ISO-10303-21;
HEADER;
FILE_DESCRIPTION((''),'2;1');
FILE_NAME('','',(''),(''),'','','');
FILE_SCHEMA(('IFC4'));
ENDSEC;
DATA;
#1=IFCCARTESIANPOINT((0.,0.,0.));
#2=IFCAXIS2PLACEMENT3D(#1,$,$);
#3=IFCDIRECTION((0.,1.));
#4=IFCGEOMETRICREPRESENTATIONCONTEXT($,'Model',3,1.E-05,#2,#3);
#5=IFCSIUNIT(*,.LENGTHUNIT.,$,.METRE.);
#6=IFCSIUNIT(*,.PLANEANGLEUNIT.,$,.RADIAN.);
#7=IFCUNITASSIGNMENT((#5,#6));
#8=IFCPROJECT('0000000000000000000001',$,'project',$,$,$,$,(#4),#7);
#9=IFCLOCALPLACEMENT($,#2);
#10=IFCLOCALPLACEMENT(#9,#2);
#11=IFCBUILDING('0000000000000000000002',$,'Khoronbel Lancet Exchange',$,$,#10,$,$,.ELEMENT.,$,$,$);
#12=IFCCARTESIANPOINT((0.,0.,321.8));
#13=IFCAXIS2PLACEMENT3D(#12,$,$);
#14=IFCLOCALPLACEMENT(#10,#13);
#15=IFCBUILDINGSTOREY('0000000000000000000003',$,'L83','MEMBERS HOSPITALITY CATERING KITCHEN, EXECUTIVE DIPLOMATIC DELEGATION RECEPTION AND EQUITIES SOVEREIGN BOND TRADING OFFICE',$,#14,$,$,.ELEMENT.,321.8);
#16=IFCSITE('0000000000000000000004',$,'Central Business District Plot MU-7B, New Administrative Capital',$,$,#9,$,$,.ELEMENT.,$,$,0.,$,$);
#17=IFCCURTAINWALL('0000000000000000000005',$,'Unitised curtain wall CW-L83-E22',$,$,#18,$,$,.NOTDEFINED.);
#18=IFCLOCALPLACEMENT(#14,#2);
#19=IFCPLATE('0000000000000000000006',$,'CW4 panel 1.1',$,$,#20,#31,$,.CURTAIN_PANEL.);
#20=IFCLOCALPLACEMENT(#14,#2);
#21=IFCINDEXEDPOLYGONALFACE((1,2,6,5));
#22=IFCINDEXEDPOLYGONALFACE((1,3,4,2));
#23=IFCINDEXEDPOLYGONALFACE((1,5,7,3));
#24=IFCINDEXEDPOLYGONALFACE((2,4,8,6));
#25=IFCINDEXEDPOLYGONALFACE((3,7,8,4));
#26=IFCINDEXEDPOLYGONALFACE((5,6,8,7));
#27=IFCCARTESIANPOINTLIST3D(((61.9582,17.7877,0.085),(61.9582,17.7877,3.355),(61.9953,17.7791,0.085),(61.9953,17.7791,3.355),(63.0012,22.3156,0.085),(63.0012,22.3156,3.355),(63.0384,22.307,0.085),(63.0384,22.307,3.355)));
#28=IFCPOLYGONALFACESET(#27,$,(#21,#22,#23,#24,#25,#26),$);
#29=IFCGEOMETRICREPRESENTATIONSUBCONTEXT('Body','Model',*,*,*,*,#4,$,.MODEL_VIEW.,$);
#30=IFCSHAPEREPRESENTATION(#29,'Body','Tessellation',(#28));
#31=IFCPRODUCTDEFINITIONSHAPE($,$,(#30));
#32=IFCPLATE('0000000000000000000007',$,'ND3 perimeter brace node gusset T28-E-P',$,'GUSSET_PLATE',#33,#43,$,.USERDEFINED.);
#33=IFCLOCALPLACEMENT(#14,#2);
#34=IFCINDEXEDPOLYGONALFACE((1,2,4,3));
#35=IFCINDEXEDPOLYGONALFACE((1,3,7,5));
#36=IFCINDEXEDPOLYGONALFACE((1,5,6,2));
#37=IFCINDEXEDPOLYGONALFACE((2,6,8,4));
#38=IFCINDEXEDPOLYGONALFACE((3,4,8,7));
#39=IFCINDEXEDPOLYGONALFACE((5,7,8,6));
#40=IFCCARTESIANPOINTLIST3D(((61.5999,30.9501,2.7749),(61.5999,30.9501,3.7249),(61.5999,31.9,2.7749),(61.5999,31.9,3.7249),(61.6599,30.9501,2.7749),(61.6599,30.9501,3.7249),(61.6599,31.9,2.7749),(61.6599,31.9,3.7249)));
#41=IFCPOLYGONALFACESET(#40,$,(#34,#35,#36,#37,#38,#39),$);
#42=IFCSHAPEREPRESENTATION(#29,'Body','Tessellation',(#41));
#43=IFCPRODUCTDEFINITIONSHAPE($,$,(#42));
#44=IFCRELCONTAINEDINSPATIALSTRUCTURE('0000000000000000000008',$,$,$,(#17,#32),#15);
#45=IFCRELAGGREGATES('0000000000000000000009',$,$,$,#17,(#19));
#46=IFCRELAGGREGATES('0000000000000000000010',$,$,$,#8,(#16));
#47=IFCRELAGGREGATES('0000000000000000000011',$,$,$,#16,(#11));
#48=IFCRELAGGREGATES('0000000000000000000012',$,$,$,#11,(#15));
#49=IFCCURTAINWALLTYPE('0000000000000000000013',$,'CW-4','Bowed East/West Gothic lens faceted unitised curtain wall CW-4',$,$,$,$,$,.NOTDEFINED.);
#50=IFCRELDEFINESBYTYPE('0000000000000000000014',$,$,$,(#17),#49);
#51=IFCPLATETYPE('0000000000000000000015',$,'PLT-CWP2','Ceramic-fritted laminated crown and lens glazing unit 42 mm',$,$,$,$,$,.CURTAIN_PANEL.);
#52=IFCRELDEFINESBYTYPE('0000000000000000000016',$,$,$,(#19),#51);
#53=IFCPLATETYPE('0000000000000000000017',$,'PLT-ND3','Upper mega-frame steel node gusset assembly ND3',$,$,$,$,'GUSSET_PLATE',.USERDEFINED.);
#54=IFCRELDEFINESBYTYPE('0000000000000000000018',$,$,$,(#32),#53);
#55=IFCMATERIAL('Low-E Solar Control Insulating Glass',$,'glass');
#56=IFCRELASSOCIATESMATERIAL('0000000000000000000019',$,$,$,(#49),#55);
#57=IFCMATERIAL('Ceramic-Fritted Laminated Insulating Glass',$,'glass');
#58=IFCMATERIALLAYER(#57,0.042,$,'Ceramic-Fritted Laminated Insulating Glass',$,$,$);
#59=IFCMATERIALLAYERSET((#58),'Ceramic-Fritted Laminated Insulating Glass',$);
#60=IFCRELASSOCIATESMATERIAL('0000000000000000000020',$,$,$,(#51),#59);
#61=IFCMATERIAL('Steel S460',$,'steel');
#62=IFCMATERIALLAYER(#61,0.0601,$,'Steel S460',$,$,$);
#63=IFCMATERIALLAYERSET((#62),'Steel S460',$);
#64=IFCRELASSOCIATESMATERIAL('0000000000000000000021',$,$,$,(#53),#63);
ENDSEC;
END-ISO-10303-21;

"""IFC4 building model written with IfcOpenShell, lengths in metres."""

from ifc_helpers import new_model, si_unit, direction, frame, origin, origin_2d, place, context, subcontext, project, spatial, rectangle, extrude, material, layer, layer_set, type_object, element, aggregate, save


model = new_model("IFC4")

# Units and contexts
model_context = context("Model", 3, precision=1e-05, world=origin(), true_north=direction((0.0, 1.0)))
body_context = subcontext(model_context, "Body", "Model", "MODEL_VIEW")
ifc_project = project(units=[si_unit("LENGTHUNIT", "METRE"), si_unit("PLANEANGLEUNIT", "RADIAN")], contexts=[model_context])

# Site, building, storey
site_placement = place(None, origin())
site = spatial("IfcSite", under=ifc_project, at=site_placement, Name="Central Business District Plot MU-7B, New Administrative Capital", CompositionType="ELEMENT", RefElevation=0.0)
building_placement = place(site_placement, origin())
building = spatial("IfcBuilding", under=site, at=building_placement, Name="Khoronbel Lancet Exchange", CompositionType="ELEMENT")
storey_placement = place(building_placement, frame((0.0, 0.0, 321.8)))
storey = spatial("IfcBuildingStorey", under=building, at=storey_placement, Name="L83", Description="MEMBERS HOSPITALITY CATERING KITCHEN, EXECUTIVE DIPLOMATIC DELEGATION RECEPTION AND EQUITIES SOVEREIGN BOND TRADING OFFICE", CompositionType="ELEMENT", Elevation=321.8)

# Shared definitions
ifc_material_1 = material(Name="Low-E Solar Control Insulating Glass", Category="glass")
curtain_wall_type = type_object("IfcCurtainWallType", Name="CW-4", Description="Bowed East/West Gothic lens faceted unitised curtain wall CW-4", PredefinedType="NOTDEFINED", material=ifc_material_1)

# Curtain wall
curtain_wall_1_placement = place(storey_placement, origin())
curtain_wall_1 = element("IfcCurtainWall", 1, at=curtain_wall_1_placement, inside=storey, type_object=curtain_wall_type, Name="Unitised curtain wall CW-L83-E22", PredefinedType="NOTDEFINED")

# Plates
ifc_material_2 = material(Name="Ceramic-Fritted Laminated Insulating Glass", Category="glass")
ifc_layer_1 = layer(ifc_material_2, 0.042, Name="Ceramic-Fritted Laminated Insulating Glass")
ifc_layer_set_1 = layer_set([ifc_layer_1], Name="Ceramic-Fritted Laminated Insulating Glass")
plate_type_1 = type_object("IfcPlateType", Name="PLT-CWP2", Description="Ceramic-fritted laminated crown and lens glazing unit 42 mm", PredefinedType="CURTAIN_PANEL", material=ifc_layer_set_1)
plate_1_placement = place(storey_placement, frame((62.4983, 20.0474, 0.085), z_axis=(0.0, 0.0, 1.0), x_axis=(-0.224476, -0.97448, 0.0)))
plate_1 = element("IfcPlate", 2, at=plate_1_placement, type_object=plate_type_1, Name="CW4 panel 1.1", PredefinedType="CURTAIN_PANEL", context=body_context, shape_type="SweptSolid", body=[
    extrude(rectangle(XDim=4.6465, YDim=0.0381, at=origin_2d()), origin(), (0.0, 0.0, 1.0), 3.27),
])
aggregate(curtain_wall_1, [plate_1])
ifc_material_3 = material(Name="Steel S460", Category="steel")
ifc_layer_2 = layer(ifc_material_3, 0.0601, Name="Steel S460")
ifc_layer_set_2 = layer_set([ifc_layer_2], Name="Steel S460")
plate_type_2 = type_object("IfcPlateType", Name="PLT-ND3", Description="Upper mega-frame steel node gusset assembly ND3", ElementType="GUSSET_PLATE", PredefinedType="USERDEFINED", material=ifc_layer_set_2)
plate_2_placement = place(storey_placement, frame((61.6299, 31.425, 2.7749), z_axis=(0.0, 0.0, 1.0), x_axis=(0.0, 1.0, 0.0)))
element("IfcPlate", 3, at=plate_2_placement, inside=storey, type_object=plate_type_2, Name="ND3 perimeter brace node gusset T28-E-P", ObjectType="GUSSET_PLATE", PredefinedType="USERDEFINED", context=body_context, shape_type="SweptSolid", body=[
    extrude(rectangle(XDim=0.95, YDim=0.0601, at=origin_2d()), origin(), (0.0, 0.0, 1.0), 0.95),
])

save(model, "model.ifc")
